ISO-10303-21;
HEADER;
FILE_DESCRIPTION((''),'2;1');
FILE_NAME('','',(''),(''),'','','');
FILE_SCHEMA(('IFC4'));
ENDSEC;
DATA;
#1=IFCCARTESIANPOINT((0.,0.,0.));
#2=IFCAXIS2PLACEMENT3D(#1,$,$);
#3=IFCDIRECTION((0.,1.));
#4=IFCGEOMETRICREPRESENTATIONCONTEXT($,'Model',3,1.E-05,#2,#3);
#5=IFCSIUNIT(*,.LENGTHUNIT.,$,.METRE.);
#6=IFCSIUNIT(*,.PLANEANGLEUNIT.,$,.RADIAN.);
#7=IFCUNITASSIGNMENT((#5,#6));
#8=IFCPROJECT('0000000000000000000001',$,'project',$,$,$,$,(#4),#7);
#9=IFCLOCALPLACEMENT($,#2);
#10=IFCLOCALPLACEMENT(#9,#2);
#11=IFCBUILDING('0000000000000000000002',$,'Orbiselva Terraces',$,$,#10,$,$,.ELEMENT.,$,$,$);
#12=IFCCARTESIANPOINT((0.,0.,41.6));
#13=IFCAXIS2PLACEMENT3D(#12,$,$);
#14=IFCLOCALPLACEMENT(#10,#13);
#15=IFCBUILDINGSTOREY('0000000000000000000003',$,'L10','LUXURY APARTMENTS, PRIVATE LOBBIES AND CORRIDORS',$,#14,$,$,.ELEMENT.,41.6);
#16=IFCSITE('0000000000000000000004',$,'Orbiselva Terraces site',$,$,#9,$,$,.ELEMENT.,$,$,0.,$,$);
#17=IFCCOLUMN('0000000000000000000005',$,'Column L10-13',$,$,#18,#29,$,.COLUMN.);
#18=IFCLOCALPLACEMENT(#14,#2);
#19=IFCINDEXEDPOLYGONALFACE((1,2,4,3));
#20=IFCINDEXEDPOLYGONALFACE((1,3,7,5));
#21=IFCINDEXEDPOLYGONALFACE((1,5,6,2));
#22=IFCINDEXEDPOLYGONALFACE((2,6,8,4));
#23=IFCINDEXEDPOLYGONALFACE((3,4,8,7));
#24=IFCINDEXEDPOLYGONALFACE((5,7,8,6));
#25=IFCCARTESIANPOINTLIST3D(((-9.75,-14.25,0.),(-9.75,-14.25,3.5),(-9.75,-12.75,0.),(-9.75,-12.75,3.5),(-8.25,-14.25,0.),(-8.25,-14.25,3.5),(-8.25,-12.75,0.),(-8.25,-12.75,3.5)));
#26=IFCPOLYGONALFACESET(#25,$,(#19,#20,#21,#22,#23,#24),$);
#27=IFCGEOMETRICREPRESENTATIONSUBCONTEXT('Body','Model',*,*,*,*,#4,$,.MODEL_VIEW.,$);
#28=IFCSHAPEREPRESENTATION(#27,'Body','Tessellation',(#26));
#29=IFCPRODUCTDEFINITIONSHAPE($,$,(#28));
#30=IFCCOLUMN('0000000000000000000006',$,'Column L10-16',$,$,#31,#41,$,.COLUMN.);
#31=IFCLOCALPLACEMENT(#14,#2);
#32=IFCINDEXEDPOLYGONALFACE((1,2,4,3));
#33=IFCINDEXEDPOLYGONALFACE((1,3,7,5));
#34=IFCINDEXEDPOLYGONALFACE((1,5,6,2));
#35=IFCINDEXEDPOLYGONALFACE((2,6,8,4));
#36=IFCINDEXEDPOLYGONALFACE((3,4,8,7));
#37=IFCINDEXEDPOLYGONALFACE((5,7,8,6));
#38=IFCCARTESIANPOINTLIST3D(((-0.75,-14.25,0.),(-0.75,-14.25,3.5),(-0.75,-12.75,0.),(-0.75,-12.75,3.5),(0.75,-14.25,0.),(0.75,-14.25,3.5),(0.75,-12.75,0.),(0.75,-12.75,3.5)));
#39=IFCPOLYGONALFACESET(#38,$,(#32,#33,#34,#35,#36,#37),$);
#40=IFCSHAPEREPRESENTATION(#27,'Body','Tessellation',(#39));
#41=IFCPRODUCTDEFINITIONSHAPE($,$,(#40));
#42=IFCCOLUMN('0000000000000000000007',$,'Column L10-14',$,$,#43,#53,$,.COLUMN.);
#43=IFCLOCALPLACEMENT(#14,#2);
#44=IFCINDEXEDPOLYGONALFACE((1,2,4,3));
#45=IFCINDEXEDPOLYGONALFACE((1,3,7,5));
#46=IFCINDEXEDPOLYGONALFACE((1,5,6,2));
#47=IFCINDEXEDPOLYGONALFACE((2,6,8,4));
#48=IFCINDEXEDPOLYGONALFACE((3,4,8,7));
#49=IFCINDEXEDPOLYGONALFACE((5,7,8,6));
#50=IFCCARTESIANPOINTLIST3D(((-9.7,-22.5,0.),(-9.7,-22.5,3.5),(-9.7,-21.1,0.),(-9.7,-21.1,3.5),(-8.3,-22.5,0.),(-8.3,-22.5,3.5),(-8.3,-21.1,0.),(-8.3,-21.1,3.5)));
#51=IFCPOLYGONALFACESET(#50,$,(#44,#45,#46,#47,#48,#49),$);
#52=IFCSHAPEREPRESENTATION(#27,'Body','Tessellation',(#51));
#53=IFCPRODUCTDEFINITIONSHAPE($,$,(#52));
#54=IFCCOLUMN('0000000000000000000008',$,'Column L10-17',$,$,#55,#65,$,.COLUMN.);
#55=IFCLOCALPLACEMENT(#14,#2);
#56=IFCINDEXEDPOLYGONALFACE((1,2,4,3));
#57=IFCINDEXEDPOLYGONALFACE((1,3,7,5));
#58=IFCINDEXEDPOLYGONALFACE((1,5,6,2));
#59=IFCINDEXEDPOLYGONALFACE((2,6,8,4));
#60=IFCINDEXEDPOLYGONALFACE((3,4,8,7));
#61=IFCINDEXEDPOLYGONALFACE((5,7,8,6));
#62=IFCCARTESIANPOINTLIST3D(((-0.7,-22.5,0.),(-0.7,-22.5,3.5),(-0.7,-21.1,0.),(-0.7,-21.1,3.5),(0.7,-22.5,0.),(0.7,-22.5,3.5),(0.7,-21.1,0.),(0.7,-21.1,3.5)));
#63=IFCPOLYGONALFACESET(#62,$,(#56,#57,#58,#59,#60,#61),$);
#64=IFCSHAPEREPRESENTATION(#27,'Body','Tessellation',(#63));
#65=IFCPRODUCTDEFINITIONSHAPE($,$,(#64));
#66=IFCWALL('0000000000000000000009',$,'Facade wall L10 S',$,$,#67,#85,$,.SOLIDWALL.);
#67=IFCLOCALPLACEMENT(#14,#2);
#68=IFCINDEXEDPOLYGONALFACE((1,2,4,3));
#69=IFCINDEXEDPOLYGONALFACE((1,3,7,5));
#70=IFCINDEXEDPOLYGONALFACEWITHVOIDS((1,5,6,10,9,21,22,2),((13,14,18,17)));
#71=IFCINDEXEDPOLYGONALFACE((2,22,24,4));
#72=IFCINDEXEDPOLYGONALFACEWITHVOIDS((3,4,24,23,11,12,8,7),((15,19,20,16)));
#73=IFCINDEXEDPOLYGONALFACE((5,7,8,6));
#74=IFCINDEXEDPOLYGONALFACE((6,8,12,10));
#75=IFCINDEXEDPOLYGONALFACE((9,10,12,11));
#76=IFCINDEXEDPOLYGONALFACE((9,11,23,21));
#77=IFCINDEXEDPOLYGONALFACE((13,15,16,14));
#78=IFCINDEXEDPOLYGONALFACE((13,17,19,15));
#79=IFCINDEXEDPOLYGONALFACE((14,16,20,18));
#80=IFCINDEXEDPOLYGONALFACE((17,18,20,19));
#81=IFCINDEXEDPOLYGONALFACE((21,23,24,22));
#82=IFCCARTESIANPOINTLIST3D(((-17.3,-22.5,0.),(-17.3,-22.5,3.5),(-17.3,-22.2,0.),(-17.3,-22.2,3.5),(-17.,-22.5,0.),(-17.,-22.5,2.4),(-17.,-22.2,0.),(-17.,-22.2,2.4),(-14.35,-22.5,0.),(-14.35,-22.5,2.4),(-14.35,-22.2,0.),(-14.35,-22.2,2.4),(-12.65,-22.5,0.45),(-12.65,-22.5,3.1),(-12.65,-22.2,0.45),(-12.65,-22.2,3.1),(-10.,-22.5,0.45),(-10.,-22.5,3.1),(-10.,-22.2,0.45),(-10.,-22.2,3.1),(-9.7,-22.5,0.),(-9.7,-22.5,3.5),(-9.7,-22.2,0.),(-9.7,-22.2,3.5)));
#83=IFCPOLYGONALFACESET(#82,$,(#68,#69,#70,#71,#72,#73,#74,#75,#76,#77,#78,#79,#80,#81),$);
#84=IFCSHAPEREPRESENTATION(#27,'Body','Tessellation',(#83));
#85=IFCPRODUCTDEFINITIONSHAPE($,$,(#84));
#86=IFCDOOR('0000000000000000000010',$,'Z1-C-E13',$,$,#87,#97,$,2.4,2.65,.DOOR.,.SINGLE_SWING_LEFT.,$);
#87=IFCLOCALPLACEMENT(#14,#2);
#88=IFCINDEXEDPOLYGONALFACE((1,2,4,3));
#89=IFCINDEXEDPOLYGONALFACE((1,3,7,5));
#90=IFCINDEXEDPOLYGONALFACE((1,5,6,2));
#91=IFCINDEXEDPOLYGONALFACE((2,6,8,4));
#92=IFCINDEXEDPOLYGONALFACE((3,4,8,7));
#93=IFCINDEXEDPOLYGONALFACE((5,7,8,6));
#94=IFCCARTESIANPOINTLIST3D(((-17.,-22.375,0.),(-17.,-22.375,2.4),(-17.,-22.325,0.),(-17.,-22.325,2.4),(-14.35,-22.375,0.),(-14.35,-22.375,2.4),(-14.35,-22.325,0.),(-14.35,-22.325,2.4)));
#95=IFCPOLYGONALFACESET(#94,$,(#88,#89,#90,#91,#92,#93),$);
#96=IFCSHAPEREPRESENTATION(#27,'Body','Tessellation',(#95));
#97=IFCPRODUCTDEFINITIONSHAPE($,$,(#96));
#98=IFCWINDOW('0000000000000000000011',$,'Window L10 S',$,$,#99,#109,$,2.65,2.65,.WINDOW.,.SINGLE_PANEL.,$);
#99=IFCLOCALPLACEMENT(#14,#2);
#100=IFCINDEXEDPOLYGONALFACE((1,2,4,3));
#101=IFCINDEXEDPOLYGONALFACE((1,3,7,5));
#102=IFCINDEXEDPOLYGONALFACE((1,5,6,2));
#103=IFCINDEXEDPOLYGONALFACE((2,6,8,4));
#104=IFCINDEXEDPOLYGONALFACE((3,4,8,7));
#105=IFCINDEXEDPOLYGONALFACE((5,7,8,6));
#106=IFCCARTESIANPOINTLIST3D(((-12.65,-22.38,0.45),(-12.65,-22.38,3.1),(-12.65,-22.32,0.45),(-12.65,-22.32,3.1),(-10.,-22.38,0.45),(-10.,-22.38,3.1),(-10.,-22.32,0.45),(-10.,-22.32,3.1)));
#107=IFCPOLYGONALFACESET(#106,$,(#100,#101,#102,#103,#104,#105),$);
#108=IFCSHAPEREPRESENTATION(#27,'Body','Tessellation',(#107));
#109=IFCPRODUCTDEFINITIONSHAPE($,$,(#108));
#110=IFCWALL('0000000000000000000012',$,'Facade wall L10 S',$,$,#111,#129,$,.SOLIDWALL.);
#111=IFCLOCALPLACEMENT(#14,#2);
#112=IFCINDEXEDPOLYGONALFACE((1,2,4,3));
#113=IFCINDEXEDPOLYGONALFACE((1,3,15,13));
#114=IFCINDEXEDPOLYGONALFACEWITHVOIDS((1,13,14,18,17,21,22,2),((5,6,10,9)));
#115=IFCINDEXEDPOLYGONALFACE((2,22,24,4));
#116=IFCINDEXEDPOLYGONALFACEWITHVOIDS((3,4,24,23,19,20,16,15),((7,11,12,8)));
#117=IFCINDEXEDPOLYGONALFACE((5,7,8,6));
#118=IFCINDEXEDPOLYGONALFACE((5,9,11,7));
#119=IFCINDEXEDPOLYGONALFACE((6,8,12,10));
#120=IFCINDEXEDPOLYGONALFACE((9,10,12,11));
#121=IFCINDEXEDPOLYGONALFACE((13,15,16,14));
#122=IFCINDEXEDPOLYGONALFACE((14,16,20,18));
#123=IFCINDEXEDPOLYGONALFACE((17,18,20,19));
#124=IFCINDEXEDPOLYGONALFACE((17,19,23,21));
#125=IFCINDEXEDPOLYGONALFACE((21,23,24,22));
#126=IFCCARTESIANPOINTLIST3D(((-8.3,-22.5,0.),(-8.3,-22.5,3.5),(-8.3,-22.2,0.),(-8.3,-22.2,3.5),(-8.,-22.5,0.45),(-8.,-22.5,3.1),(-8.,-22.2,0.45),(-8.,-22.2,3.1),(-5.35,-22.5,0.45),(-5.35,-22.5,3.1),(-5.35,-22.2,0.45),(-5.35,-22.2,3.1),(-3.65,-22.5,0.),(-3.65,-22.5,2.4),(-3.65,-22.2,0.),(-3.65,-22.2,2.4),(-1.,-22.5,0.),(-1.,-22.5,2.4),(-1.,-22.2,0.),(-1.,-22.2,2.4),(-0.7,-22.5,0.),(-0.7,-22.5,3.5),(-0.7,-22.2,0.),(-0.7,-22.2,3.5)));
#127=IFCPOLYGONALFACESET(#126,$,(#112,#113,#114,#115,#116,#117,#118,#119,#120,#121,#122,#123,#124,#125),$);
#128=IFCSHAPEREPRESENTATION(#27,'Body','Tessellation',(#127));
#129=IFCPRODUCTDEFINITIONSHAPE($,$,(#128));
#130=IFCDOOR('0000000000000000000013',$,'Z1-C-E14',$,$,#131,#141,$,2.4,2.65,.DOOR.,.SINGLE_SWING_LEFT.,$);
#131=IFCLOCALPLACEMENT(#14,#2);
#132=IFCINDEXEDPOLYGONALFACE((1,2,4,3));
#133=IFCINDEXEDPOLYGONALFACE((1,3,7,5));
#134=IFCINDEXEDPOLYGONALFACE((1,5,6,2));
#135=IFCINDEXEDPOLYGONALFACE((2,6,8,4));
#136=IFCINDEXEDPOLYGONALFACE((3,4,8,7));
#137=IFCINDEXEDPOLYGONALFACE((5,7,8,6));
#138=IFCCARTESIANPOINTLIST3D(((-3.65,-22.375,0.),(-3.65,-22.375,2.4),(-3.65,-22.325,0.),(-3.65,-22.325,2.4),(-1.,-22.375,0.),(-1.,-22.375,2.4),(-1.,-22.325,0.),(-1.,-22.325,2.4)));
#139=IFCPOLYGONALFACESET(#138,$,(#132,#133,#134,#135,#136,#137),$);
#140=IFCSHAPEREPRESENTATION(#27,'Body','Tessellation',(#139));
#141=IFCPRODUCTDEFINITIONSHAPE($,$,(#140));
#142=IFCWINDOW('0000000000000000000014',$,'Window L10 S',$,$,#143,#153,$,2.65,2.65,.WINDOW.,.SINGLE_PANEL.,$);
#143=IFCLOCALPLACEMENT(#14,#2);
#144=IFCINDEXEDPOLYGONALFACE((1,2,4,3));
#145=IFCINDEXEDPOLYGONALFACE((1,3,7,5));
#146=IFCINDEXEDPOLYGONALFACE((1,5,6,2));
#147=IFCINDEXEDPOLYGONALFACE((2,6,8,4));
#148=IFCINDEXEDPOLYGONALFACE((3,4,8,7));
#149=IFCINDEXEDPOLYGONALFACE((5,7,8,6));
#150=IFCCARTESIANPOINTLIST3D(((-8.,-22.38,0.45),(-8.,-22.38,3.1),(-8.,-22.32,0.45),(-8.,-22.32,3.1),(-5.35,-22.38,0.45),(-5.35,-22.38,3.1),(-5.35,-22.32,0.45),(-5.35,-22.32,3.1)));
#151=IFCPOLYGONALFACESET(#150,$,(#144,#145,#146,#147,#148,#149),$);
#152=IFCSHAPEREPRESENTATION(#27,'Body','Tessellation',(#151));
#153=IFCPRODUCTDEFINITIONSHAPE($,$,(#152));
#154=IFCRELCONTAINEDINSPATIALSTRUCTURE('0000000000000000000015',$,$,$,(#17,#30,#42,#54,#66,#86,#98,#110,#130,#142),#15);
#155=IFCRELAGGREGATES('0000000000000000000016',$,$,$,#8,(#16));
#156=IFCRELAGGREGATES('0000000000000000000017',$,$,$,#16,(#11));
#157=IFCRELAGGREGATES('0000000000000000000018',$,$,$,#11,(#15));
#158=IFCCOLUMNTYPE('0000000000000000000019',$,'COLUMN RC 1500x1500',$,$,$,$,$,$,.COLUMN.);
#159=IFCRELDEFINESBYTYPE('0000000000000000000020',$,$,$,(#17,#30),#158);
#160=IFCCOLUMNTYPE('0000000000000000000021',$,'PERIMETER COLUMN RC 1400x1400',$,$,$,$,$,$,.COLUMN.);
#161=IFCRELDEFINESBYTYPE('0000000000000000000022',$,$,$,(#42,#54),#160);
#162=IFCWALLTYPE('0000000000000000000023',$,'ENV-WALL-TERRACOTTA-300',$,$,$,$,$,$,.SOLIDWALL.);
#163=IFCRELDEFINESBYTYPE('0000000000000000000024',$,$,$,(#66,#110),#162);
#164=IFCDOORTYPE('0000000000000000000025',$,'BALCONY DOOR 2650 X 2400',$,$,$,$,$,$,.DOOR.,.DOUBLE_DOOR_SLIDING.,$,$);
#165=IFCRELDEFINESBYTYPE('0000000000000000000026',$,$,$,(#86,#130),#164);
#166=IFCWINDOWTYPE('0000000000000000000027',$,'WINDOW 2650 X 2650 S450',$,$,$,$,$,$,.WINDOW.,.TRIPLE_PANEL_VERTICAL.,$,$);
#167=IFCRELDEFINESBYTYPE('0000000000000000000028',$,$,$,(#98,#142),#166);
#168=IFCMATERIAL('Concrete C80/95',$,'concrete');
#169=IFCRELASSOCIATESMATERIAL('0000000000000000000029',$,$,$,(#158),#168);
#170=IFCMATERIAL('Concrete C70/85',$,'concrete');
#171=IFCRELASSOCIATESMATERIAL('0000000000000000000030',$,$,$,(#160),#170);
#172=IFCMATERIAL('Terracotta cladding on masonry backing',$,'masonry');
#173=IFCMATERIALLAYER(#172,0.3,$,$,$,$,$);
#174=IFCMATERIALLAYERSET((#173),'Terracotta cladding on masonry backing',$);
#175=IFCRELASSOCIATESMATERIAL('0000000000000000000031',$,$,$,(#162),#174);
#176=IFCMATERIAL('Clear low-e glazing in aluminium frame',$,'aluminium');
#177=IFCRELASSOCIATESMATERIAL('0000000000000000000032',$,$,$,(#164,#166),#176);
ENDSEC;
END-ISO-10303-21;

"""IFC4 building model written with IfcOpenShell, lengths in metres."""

from ifc_helpers import new_model, si_unit, direction, frame, frame_2d, origin, origin_2d, place, context, subcontext, project, spatial, rectangle, extrude, material, layer, layer_set, material_profile, profile_set, type_object, element, fill, save


model = new_model("IFC4")

# Units and contexts
model_context = context("Model", 3, precision=1e-05, world=origin(), true_north=direction((0.0, 1.0)))
body_context = subcontext(model_context, "Body", "Model", "MODEL_VIEW")
ifc_project = project(units=[si_unit("LENGTHUNIT", "METRE"), si_unit("PLANEANGLEUNIT", "RADIAN")], contexts=[model_context])

# Site, building, storey
site_placement = place(None, origin())
site = spatial("IfcSite", under=ifc_project, at=site_placement, Name="Orbiselva Terraces site", CompositionType="ELEMENT", RefElevation=0.0)
building_placement = place(site_placement, origin())
building = spatial("IfcBuilding", under=site, at=building_placement, Name="Orbiselva Terraces", CompositionType="ELEMENT")
storey_placement = place(building_placement, frame((0.0, 0.0, 41.6)))
storey = spatial("IfcBuildingStorey", under=building, at=storey_placement, Name="L10", Description="LUXURY APARTMENTS, PRIVATE LOBBIES AND CORRIDORS", CompositionType="ELEMENT", Elevation=41.6)

# Columns
ifc_material_1 = material(Name="Concrete C80/95", Category="concrete")
ifc_material_profile_1 = material_profile(ifc_material_1, rectangle(XDim=1.5, YDim=1.5, at=origin_2d()), Name="RC 1500x1500")
ifc_profile_set_1 = profile_set([ifc_material_profile_1], Name="Concrete C80/95")
column_type_1 = type_object("IfcColumnType", Name="COLUMN RC 1500x1500", PredefinedType="COLUMN", material=ifc_profile_set_1)
for number, where, z_axis, x_axis, name in (
    (1, (-9.0, -13.5, 0.0), (0.0, 0.0, 1.0), (1.0, 0.0, 0.0), "Column L10-13"),
    (2, (0.0, -13.5, 0.0), (0.0, 0.0, 1.0), (1.0, 0.0, 0.0), "Column L10-16"),
):
    element("IfcColumn", number, at=place(storey_placement, frame(where, z_axis=z_axis, x_axis=x_axis)), inside=storey, type_object=column_type_1, Name=name, PredefinedType="COLUMN", context=body_context, shape_type="SweptSolid", body=[
        extrude(rectangle(XDim=1.5, YDim=1.5, at=origin_2d()), origin(), (0.0, 0.0, 1.0), 3.5),
    ])
ifc_material_2 = material(Name="Concrete C70/85", Category="concrete")
ifc_material_profile_2 = material_profile(ifc_material_2, rectangle(XDim=1.4, YDim=1.4, at=origin_2d()), Name="RC 1400x1400")
ifc_profile_set_2 = profile_set([ifc_material_profile_2], Name="Concrete C70/85")
column_type_2 = type_object("IfcColumnType", Name="PERIMETER COLUMN RC 1400x1400", PredefinedType="COLUMN", material=ifc_profile_set_2)
for number, where, z_axis, x_axis, name in (
    (3, (-9.0, -21.8, 0.0), (0.0, 0.0, 1.0), (1.0, 0.0, 0.0), "Column L10-14"),
    (4, (0.0, -21.8, 0.0), (0.0, 0.0, 1.0), (1.0, 0.0, 0.0), "Column L10-17"),
):
    element("IfcColumn", number, at=place(storey_placement, frame(where, z_axis=z_axis, x_axis=x_axis)), inside=storey, type_object=column_type_2, Name=name, PredefinedType="COLUMN", context=body_context, shape_type="SweptSolid", body=[
        extrude(rectangle(XDim=1.4, YDim=1.4, at=origin_2d()), origin(), (0.0, 0.0, 1.0), 3.5),
    ])

# Walls, openings, doors, windows
ifc_material_3 = material(Name="Terracotta cladding on masonry backing", Category="masonry")
ifc_layer_1 = layer(ifc_material_3, 0.3)
ifc_layer_set_1 = layer_set([ifc_layer_1], Name="Terracotta cladding on masonry backing")
wall_type_1 = type_object("IfcWallType", Name="ENV-WALL-TERRACOTTA-300", PredefinedType="SOLIDWALL", material=ifc_layer_set_1)
wall_1_placement = place(storey_placement, frame((-9.7, -22.35, 0.0), z_axis=(0.0, 0.0, 1.0), x_axis=(-1.0, 0.0, 0.0)))
wall_1 = element("IfcWall", 5, at=wall_1_placement, inside=storey, type_object=wall_type_1, Name="Facade wall L10 S", PredefinedType="SOLIDWALL", context=body_context, shape_type="SweptSolid", body=[
    extrude(rectangle(XDim=7.6, YDim=0.3, at=frame_2d((3.8, 0.0))), origin(), (0.0, 0.0, 1.0), 3.5),
])
opening_1_placement = place(wall_1_placement, frame((4.65, 0.0, 0.0)))
opening_1 = element("IfcOpeningElement", 6, at=opening_1_placement, cuts=wall_1, PredefinedType="OPENING", context=body_context, shape_type="SweptSolid", body=[
    extrude(rectangle(XDim=2.65, YDim=2.4, at=frame_2d((1.325, 1.2))), frame((0.0, 0.16, 0.0), z_axis=(0.0, -1.0, 0.0), x_axis=(1.0, 0.0, 0.0)), (0.0, 0.0, 1.0), 0.32),
])
opening_2_placement = place(wall_1_placement, frame((0.3, 0.0, 0.45)))
opening_2 = element("IfcOpeningElement", 7, at=opening_2_placement, cuts=wall_1, PredefinedType="OPENING", context=body_context, shape_type="SweptSolid", body=[
    extrude(rectangle(XDim=2.65, YDim=2.65, at=frame_2d((1.325, 1.325))), frame((0.0, 0.16, 0.0), z_axis=(0.0, -1.0, 0.0), x_axis=(1.0, 0.0, 0.0)), (0.0, 0.0, 1.0), 0.32),
])
ifc_material_4 = material(Name="Clear low-e glazing in aluminium frame", Category="aluminium")
door_type_1 = type_object("IfcDoorType", Name="BALCONY DOOR 2650 X 2400", OperationType="DOUBLE_DOOR_SLIDING", PredefinedType="DOOR", material=ifc_material_4)
door_1_placement = place(opening_1_placement, origin())
door_1 = element("IfcDoor", 8, at=door_1_placement, inside=storey, type_object=door_type_1, Name="Z1-C-E13", OperationType="SINGLE_SWING_LEFT", OverallHeight=2.4, OverallWidth=2.65, PredefinedType="DOOR", context=body_context, shape_type="SweptSolid", body=[
    extrude(rectangle(XDim=2.65, YDim=2.4, at=frame_2d((1.325, 1.2))), frame((0.0, 0.025, 0.0), z_axis=(0.0, -1.0, 0.0), x_axis=(1.0, 0.0, 0.0)), (0.0, 0.0, 1.0), 0.05),
])
fill(opening_1, door_1)
window_type = type_object("IfcWindowType", Name="WINDOW 2650 X 2650 S450", PartitioningType="TRIPLE_PANEL_VERTICAL", PredefinedType="WINDOW", material=ifc_material_4)
window_1_placement = place(opening_2_placement, origin())
window_1 = element("IfcWindow", 9, at=window_1_placement, inside=storey, type_object=window_type, Name="Window L10 S", OverallHeight=2.65, OverallWidth=2.65, PartitioningType="SINGLE_PANEL", PredefinedType="WINDOW", context=body_context, shape_type="SweptSolid", body=[
    extrude(rectangle(XDim=2.65, YDim=2.65, at=frame_2d((1.325, 1.325))), frame((0.0, 0.03, 0.0), z_axis=(0.0, -1.0, 0.0), x_axis=(1.0, 0.0, 0.0)), (0.0, 0.0, 1.0), 0.06),
])
fill(opening_2, window_1)
wall_2_placement = place(storey_placement, frame((-0.7, -22.35, 0.0), z_axis=(0.0, 0.0, 1.0), x_axis=(-1.0, 0.0, 0.0)))
wall_2 = element("IfcWall", 10, at=wall_2_placement, inside=storey, type_object=wall_type_1, Name="Facade wall L10 S", PredefinedType="SOLIDWALL", context=body_context, shape_type="SweptSolid", body=[
    extrude(rectangle(XDim=7.6, YDim=0.3, at=frame_2d((3.8, 0.0))), origin(), (0.0, 0.0, 1.0), 3.5),
])
opening_3_placement = place(wall_2_placement, frame((4.65, 0.0, 0.45)))
opening_3 = element("IfcOpeningElement", 11, at=opening_3_placement, cuts=wall_2, PredefinedType="OPENING", context=body_context, shape_type="SweptSolid", body=[
    extrude(rectangle(XDim=2.65, YDim=2.65, at=frame_2d((1.325, 1.325))), frame((0.0, 0.16, 0.0), z_axis=(0.0, -1.0, 0.0), x_axis=(1.0, 0.0, 0.0)), (0.0, 0.0, 1.0), 0.32),
])
opening_4_placement = place(wall_2_placement, frame((0.3, 0.0, 0.0)))
opening_4 = element("IfcOpeningElement", 12, at=opening_4_placement, cuts=wall_2, PredefinedType="OPENING", context=body_context, shape_type="SweptSolid", body=[
    extrude(rectangle(XDim=2.65, YDim=2.4, at=frame_2d((1.325, 1.2))), frame((0.0, 0.16, 0.0), z_axis=(0.0, -1.0, 0.0), x_axis=(1.0, 0.0, 0.0)), (0.0, 0.0, 1.0), 0.32),
])
door_2_placement = place(opening_4_placement, origin())
door_2 = element("IfcDoor", 13, at=door_2_placement, inside=storey, type_object=door_type_1, Name="Z1-C-E14", OperationType="SINGLE_SWING_LEFT", OverallHeight=2.4, OverallWidth=2.65, PredefinedType="DOOR", context=body_context, shape_type="SweptSolid", body=[
    extrude(rectangle(XDim=2.65, YDim=2.4, at=frame_2d((1.325, 1.2))), frame((0.0, 0.025, 0.0), z_axis=(0.0, -1.0, 0.0), x_axis=(1.0, 0.0, 0.0)), (0.0, 0.0, 1.0), 0.05),
])
fill(opening_4, door_2)
window_2_placement = place(opening_3_placement, origin())
window_2 = element("IfcWindow", 14, at=window_2_placement, inside=storey, type_object=window_type, Name="Window L10 S", OverallHeight=2.65, OverallWidth=2.65, PartitioningType="SINGLE_PANEL", PredefinedType="WINDOW", context=body_context, shape_type="SweptSolid", body=[
    extrude(rectangle(XDim=2.65, YDim=2.65, at=frame_2d((1.325, 1.325))), frame((0.0, 0.03, 0.0), z_axis=(0.0, -1.0, 0.0), x_axis=(1.0, 0.0, 0.0)), (0.0, 0.0, 1.0), 0.06),
])
fill(opening_3, window_2)

save(model, "model.ifc")
